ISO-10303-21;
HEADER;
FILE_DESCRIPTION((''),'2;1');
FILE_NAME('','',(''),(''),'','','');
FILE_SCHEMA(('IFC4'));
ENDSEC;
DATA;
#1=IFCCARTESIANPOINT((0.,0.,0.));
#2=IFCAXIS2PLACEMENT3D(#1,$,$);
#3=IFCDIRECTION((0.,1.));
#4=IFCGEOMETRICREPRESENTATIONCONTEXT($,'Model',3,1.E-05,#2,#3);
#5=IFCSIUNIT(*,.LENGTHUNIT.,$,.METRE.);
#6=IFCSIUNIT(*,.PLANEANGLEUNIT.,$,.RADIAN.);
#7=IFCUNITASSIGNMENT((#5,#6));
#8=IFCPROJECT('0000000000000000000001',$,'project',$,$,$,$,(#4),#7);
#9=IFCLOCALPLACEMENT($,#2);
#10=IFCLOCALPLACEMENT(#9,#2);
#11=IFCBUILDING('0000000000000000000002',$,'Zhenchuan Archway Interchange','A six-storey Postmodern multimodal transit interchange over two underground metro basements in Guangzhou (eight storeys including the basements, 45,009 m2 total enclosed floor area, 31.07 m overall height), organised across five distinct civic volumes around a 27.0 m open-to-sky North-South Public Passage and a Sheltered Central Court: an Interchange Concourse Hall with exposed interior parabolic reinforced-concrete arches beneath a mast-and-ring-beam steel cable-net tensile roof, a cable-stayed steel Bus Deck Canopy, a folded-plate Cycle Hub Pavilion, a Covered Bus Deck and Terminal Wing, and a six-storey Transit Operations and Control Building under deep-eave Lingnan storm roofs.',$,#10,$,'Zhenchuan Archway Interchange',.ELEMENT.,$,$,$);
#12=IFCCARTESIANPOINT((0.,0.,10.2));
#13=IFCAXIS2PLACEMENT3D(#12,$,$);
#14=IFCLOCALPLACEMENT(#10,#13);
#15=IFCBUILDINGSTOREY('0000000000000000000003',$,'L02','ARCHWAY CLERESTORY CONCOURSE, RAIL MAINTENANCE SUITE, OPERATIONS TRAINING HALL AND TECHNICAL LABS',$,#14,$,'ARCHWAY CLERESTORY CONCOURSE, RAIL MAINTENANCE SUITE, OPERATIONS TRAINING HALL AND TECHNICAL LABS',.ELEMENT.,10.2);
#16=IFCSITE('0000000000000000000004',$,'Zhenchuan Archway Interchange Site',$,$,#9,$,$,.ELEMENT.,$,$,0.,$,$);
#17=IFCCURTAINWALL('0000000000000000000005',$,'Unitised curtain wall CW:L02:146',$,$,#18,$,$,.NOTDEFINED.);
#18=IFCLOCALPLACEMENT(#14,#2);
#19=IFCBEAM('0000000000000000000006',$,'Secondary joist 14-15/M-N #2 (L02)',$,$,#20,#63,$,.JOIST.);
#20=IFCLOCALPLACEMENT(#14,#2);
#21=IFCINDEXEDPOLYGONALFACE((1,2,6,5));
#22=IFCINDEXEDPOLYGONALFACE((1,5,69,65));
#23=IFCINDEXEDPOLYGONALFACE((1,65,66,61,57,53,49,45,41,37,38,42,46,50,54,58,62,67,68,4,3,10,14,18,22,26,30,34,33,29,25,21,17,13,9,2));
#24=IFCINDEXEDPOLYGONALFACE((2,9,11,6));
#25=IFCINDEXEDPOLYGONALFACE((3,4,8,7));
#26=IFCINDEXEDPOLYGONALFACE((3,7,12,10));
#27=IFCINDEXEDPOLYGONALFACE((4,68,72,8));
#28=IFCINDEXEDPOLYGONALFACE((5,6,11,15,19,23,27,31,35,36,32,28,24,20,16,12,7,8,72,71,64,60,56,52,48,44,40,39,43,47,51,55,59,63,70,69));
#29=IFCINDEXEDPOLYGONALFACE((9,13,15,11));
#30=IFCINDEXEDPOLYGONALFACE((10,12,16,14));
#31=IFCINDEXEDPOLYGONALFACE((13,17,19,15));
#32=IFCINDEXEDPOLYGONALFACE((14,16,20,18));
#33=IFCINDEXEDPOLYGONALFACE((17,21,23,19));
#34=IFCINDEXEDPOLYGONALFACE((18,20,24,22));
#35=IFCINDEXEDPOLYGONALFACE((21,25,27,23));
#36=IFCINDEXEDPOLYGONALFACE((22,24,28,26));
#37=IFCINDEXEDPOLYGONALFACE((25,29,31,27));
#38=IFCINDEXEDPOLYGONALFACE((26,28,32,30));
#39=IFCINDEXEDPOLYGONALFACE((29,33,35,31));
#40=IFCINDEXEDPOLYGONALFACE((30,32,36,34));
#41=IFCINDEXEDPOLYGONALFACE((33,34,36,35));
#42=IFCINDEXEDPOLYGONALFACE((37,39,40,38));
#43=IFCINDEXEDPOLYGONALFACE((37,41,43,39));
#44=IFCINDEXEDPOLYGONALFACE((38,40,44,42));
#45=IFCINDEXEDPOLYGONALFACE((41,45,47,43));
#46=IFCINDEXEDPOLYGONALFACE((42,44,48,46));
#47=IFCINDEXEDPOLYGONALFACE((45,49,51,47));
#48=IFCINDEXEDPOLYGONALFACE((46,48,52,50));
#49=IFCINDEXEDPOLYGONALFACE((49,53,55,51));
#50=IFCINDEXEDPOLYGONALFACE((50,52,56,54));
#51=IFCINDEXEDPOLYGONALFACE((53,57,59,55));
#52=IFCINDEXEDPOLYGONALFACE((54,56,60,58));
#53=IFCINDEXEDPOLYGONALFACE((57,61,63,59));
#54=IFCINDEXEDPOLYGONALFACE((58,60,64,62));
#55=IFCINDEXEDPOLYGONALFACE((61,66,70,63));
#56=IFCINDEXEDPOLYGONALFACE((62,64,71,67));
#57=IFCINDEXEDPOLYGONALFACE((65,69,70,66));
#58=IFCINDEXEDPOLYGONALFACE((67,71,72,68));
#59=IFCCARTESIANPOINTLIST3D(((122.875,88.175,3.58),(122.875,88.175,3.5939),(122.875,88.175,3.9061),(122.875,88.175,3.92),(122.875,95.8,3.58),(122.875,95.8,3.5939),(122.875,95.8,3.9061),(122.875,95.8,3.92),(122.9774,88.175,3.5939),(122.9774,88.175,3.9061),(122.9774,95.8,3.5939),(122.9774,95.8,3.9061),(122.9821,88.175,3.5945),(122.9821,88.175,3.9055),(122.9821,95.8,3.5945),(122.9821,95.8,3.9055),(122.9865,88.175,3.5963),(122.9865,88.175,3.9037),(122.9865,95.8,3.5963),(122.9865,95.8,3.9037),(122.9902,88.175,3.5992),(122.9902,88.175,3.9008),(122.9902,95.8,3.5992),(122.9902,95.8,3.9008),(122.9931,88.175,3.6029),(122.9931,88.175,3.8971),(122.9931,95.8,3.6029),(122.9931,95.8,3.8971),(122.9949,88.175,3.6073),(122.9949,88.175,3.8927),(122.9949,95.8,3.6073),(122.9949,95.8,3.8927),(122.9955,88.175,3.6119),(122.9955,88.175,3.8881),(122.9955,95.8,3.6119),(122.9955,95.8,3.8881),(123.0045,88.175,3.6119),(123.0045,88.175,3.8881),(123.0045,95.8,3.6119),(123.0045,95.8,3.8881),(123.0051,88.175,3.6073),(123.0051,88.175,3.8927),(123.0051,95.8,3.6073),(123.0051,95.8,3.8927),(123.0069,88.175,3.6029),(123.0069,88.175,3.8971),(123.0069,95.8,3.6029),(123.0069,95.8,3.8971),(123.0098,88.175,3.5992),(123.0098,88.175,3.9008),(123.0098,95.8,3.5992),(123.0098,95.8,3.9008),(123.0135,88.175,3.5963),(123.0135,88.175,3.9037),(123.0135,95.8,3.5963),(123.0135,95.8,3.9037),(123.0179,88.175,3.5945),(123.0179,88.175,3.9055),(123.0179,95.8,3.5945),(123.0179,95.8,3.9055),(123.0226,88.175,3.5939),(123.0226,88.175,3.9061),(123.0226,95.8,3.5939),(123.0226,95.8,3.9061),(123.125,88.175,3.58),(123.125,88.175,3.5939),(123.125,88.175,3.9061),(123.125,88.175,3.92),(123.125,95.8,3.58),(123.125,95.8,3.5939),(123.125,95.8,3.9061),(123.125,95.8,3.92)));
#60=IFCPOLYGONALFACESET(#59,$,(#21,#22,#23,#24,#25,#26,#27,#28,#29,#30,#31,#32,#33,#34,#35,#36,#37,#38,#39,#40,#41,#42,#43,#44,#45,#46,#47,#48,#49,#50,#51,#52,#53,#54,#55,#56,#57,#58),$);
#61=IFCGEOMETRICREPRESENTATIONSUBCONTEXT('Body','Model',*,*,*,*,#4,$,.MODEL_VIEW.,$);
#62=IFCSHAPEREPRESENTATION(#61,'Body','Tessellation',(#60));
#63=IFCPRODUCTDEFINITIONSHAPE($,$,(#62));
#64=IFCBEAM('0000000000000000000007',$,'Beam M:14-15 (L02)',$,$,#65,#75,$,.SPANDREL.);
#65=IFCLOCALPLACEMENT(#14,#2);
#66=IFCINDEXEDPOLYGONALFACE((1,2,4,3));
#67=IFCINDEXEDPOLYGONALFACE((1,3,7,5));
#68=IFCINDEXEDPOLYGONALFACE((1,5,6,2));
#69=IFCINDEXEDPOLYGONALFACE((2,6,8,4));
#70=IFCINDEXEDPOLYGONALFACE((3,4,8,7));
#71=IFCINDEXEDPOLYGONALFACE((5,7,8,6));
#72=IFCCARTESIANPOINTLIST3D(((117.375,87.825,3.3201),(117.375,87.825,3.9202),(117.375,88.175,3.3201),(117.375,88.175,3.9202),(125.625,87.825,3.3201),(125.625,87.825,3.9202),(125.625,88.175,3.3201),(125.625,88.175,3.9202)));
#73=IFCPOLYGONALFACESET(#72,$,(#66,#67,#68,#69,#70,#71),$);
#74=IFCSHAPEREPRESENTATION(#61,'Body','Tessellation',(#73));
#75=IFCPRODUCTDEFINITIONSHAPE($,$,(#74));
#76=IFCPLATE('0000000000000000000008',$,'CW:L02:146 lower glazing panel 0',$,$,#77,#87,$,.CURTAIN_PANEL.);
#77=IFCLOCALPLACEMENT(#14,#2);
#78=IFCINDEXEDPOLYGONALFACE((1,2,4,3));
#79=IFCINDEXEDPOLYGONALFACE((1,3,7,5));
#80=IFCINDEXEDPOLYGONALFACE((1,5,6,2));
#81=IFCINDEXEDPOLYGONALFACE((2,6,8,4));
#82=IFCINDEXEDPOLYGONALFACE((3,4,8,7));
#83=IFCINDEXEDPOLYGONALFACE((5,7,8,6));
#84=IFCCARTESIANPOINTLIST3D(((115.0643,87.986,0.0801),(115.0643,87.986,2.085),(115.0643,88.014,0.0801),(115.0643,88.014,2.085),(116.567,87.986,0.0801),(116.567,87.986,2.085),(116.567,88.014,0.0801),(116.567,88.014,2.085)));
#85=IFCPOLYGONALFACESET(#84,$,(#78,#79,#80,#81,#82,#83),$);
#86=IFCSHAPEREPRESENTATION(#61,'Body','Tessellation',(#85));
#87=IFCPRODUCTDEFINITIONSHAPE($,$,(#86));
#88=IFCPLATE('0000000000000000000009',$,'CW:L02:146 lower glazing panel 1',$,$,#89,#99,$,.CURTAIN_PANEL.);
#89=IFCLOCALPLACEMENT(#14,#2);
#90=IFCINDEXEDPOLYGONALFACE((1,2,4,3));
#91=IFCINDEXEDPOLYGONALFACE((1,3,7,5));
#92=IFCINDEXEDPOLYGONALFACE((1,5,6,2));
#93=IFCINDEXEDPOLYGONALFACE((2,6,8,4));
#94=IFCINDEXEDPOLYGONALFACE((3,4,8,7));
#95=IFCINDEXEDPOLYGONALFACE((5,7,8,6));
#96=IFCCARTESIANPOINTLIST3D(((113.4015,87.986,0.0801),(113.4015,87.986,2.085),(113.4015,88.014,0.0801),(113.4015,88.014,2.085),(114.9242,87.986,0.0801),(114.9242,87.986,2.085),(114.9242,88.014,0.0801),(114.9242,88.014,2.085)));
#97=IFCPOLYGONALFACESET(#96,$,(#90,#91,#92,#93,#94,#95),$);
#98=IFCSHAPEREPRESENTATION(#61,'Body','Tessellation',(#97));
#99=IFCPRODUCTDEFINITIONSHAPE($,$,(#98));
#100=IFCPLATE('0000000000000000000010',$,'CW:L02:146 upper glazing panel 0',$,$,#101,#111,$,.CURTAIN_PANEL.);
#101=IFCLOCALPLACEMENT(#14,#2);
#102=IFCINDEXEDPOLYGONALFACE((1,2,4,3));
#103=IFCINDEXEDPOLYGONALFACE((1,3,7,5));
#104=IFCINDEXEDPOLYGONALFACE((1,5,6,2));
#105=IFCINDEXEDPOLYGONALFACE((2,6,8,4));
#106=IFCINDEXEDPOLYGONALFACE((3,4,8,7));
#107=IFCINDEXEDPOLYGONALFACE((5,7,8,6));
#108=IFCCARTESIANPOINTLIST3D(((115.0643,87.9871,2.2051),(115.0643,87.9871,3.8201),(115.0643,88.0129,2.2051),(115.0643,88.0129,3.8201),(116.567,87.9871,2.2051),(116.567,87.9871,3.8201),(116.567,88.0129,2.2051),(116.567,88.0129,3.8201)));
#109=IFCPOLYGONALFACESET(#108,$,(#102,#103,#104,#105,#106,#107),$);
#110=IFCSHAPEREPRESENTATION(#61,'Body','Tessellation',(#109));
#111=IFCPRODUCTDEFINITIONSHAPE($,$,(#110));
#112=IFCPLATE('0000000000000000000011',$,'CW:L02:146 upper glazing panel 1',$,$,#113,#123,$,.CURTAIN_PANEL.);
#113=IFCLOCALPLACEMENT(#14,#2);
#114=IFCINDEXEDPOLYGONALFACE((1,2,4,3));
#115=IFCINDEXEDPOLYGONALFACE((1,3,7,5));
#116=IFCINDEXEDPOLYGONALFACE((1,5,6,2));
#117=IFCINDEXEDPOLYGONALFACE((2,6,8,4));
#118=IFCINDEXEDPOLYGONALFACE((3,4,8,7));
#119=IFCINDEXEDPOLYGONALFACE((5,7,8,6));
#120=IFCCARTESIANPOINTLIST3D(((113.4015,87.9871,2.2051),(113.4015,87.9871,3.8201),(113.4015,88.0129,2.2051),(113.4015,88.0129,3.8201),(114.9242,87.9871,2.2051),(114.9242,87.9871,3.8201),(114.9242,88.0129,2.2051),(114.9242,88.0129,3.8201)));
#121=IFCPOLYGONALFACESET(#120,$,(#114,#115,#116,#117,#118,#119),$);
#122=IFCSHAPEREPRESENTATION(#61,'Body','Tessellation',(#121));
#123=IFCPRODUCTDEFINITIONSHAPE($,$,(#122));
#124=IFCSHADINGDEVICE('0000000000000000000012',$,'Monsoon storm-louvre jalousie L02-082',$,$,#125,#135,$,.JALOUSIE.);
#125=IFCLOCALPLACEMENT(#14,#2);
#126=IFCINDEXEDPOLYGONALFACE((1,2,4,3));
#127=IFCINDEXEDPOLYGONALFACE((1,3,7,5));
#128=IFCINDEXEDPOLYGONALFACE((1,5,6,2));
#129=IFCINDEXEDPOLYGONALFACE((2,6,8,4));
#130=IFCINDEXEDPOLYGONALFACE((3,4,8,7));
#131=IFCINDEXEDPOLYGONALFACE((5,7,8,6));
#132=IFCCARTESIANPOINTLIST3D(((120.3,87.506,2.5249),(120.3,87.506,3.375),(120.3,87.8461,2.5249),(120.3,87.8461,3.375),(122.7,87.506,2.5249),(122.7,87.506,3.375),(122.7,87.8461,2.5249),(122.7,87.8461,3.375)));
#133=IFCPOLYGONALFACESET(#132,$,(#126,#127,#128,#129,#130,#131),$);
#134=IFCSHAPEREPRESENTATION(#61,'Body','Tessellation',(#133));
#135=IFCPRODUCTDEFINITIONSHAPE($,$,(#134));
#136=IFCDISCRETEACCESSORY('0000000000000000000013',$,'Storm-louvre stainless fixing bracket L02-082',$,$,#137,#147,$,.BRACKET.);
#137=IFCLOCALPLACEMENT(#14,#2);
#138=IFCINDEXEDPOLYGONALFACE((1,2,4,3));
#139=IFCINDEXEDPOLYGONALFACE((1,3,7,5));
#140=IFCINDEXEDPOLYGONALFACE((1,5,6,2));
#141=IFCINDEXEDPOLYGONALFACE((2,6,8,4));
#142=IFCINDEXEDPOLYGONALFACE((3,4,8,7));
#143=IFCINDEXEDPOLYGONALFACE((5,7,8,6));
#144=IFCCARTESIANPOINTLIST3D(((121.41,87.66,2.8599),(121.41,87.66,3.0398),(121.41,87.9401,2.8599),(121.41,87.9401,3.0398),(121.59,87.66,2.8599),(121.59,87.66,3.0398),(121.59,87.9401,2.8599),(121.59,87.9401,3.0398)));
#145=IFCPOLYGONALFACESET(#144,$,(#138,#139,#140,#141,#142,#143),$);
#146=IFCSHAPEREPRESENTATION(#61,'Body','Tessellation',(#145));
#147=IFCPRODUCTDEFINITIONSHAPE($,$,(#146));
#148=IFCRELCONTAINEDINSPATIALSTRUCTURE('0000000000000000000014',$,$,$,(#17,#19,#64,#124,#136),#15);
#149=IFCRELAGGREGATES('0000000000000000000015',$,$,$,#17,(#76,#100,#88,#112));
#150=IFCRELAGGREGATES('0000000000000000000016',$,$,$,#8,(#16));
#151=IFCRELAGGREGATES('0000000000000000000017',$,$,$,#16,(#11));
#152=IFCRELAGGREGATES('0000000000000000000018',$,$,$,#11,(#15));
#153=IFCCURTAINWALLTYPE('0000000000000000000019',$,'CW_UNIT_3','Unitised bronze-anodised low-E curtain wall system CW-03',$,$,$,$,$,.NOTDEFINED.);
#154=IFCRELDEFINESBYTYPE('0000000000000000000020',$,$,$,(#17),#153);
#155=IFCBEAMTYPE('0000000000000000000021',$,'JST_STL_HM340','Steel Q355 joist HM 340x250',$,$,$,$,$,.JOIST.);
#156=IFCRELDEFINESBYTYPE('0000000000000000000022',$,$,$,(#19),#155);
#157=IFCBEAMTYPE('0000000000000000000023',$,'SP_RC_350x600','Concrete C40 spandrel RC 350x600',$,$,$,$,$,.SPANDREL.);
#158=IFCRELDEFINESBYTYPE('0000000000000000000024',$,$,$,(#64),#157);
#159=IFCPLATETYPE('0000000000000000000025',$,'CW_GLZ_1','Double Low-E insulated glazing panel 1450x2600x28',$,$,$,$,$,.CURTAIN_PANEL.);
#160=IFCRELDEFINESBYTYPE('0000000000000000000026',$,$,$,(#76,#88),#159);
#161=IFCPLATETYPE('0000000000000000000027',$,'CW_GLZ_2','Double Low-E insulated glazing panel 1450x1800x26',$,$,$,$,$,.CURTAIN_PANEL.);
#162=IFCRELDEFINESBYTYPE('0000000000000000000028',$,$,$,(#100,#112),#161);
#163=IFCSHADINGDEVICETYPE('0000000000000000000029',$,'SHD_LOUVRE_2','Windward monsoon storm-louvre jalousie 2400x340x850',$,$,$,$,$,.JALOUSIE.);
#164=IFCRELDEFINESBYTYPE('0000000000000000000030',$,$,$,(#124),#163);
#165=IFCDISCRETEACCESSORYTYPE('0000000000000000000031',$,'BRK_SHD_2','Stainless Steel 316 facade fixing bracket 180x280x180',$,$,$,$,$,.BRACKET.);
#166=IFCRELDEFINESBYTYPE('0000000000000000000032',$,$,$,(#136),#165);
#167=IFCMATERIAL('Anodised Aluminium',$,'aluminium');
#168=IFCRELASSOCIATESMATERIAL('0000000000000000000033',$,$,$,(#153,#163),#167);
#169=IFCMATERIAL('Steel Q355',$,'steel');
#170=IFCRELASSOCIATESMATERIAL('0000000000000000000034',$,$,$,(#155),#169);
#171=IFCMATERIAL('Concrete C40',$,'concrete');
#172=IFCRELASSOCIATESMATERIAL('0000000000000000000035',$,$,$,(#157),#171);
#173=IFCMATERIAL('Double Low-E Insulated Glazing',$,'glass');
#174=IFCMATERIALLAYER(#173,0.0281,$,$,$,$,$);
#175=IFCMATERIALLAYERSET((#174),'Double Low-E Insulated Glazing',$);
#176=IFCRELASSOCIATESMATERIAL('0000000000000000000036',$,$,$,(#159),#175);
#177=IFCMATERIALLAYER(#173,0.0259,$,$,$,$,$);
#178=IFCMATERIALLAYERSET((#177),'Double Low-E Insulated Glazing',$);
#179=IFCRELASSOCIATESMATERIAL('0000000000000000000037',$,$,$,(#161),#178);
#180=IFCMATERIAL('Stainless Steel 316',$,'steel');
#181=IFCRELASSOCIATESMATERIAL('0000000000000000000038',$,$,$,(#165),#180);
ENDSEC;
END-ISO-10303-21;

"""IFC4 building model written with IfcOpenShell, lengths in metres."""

from ifc_helpers import new_model, si_unit, direction, frame, origin, origin_2d, place, context, subcontext, project, spatial, rectangle, i_section, extrude, material, layer, layer_set, material_profile, profile_set, type_object, element, aggregate, save


model = new_model("IFC4")

# Units and contexts
model_context = context("Model", 3, precision=1e-05, world=origin(), true_north=direction((0.0, 1.0)))
body_context = subcontext(model_context, "Body", "Model", "MODEL_VIEW")
ifc_project = project(units=[si_unit("LENGTHUNIT", "METRE"), si_unit("PLANEANGLEUNIT", "RADIAN")], contexts=[model_context])

# Site, building, storey
site_placement = place(None, origin())
site = spatial("IfcSite", under=ifc_project, at=site_placement, Name="Zhenchuan Archway Interchange Site", CompositionType="ELEMENT", RefElevation=0.0)
building_placement = place(site_placement, origin())
building = spatial("IfcBuilding", under=site, at=building_placement, Name="Zhenchuan Archway Interchange", Description="A six-storey Postmodern multimodal transit interchange over two underground metro basements in Guangzhou (eight storeys including the basements, 45,009 m2 total enclosed floor area, 31.07 m overall height), organised across five distinct civic volumes around a 27.0 m open-to-sky North-South Public Passage and a Sheltered Central Court: an Interchange Concourse Hall with exposed interior parabolic reinforced-concrete arches beneath a mast-and-ring-beam steel cable-net tensile roof, a cable-stayed steel Bus Deck Canopy, a folded-plate Cycle Hub Pavilion, a Covered Bus Deck and Terminal Wing, and a six-storey Transit Operations and Control Building under deep-eave Lingnan storm roofs.", LongName="Zhenchuan Archway Interchange", CompositionType="ELEMENT")
storey_placement = place(building_placement, frame((0.0, 0.0, 10.2)))
storey = spatial("IfcBuildingStorey", under=building, at=storey_placement, Name="L02", Description="ARCHWAY CLERESTORY CONCOURSE, RAIL MAINTENANCE SUITE, OPERATIONS TRAINING HALL AND TECHNICAL LABS", LongName="ARCHWAY CLERESTORY CONCOURSE, RAIL MAINTENANCE SUITE, OPERATIONS TRAINING HALL AND TECHNICAL LABS", CompositionType="ELEMENT", Elevation=10.2)

# Shared definitions
ifc_material_1 = material(Name="Concrete C40", Category="concrete")

# Curtain wall
ifc_material_2 = material(Name="Anodised Aluminium", Category="aluminium")
curtain_wall_type = type_object("IfcCurtainWallType", Name="CW_UNIT_3", Description="Unitised bronze-anodised low-E curtain wall system CW-03", PredefinedType="NOTDEFINED", material=ifc_material_2)
curtain_wall_placement = place(storey_placement, origin())
curtain_wall = element("IfcCurtainWall", 1, at=curtain_wall_placement, inside=storey, type_object=curtain_wall_type, Name="Unitised curtain wall CW:L02:146", PredefinedType="NOTDEFINED")

# Beams
ifc_material_3 = material(Name="Steel Q355", Category="steel")
ifc_material_profile_1 = material_profile(ifc_material_3, i_section(OverallWidth=0.25, OverallDepth=0.3401, WebThickness=0.009, FlangeThickness=0.0139, FilletRadius=0.0181, at=origin_2d()), Name="HM 340x250")
ifc_profile_set_1 = profile_set([ifc_material_profile_1], Name="Steel Q355")
beam_type_1 = type_object("IfcBeamType", Name="JST_STL_HM340", Description="Steel Q355 joist HM 340x250", PredefinedType="JOIST", material=ifc_profile_set_1)
for number, where, z_axis, x_axis, name in (
    (2, (123.0, 88.175, 3.75), (0.0, 1.0, 0.0), (-1.0, 0.0, 0.0), "Secondary joist 14-15/M-N #2 (L02)"),
):
    element("IfcBeam", number, at=place(storey_placement, frame(where, z_axis=z_axis, x_axis=x_axis)), inside=storey, type_object=beam_type_1, Name=name, PredefinedType="JOIST", context=body_context, shape_type="SweptSolid", body=[
        extrude(i_section(OverallWidth=0.25, OverallDepth=0.3401, WebThickness=0.009, FlangeThickness=0.0139, FilletRadius=0.0181, at=origin_2d()), origin(), (0.0, 0.0, 1.0), 7.625),
    ])
ifc_material_profile_2 = material_profile(ifc_material_1, rectangle(XDim=0.3501, YDim=0.6001, at=origin_2d()), Name="RC 350x600")
ifc_profile_set_2 = profile_set([ifc_material_profile_2], Name="Concrete C40")
beam_type_2 = type_object("IfcBeamType", Name="SP_RC_350x600", Description="Concrete C40 spandrel RC 350x600", PredefinedType="SPANDREL", material=ifc_profile_set_2)
beam_1_placement = place(storey_placement, frame((117.375, 88.0, 3.6201), z_axis=(1.0, 0.0, 0.0), x_axis=(0.0, 1.0, 0.0)))
element("IfcBeam", 3, at=beam_1_placement, inside=storey, type_object=beam_type_2, Name="Beam M:14-15 (L02)", PredefinedType="SPANDREL", context=body_context, shape_type="SweptSolid", body=[
    extrude(rectangle(XDim=0.3501, YDim=0.6001, at=origin_2d()), origin(), (0.0, 0.0, 1.0), 8.25),
])

# Plates
ifc_material_4 = material(Name="Double Low-E Insulated Glazing", Category="glass")
ifc_layer_1 = layer(ifc_material_4, 0.0281)
ifc_layer_set_1 = layer_set([ifc_layer_1], Name="Double Low-E Insulated Glazing")
plate_type_1 = type_object("IfcPlateType", Name="CW_GLZ_1", Description="Double Low-E insulated glazing panel 1450x2600x28", PredefinedType="CURTAIN_PANEL", material=ifc_layer_set_1)
plate_1_placement = place(storey_placement, frame((115.8157, 88.0, 0.0801), z_axis=(0.0, 0.0, 1.0), x_axis=(-1.0, 0.0, 0.0)))
plate_1 = element("IfcPlate", 4, at=plate_1_placement, type_object=plate_type_1, Name="CW:L02:146 lower glazing panel 0", PredefinedType="CURTAIN_PANEL", context=body_context, shape_type="SweptSolid", body=[
    extrude(rectangle(XDim=1.5027, YDim=0.0281, at=origin_2d()), origin(), (0.0, 0.0, 1.0), 2.0049),
])
plate_2_placement = place(storey_placement, frame((114.1628, 88.0, 0.0801), z_axis=(0.0, 0.0, 1.0), x_axis=(-1.0, 0.0, 0.0)))
plate_2 = element("IfcPlate", 5, at=plate_2_placement, type_object=plate_type_1, Name="CW:L02:146 lower glazing panel 1", PredefinedType="CURTAIN_PANEL", context=body_context, shape_type="SweptSolid", body=[
    extrude(rectangle(XDim=1.5227, YDim=0.0281, at=origin_2d()), origin(), (0.0, 0.0, 1.0), 2.0049),
])
ifc_layer_2 = layer(ifc_material_4, 0.0259)
ifc_layer_set_2 = layer_set([ifc_layer_2], Name="Double Low-E Insulated Glazing")
plate_type_2 = type_object("IfcPlateType", Name="CW_GLZ_2", Description="Double Low-E insulated glazing panel 1450x1800x26", PredefinedType="CURTAIN_PANEL", material=ifc_layer_set_2)
plate_3_placement = place(storey_placement, frame((115.8157, 88.0, 2.2051), z_axis=(0.0, 0.0, 1.0), x_axis=(-1.0, 0.0, 0.0)))
plate_3 = element("IfcPlate", 6, at=plate_3_placement, type_object=plate_type_2, Name="CW:L02:146 upper glazing panel 0", PredefinedType="CURTAIN_PANEL", context=body_context, shape_type="SweptSolid", body=[
    extrude(rectangle(XDim=1.5027, YDim=0.0259, at=origin_2d()), origin(), (0.0, 0.0, 1.0), 1.615),
])
plate_4_placement = place(storey_placement, frame((114.1628, 88.0, 2.2051), z_axis=(0.0, 0.0, 1.0), x_axis=(-1.0, 0.0, 0.0)))
plate_4 = element("IfcPlate", 7, at=plate_4_placement, type_object=plate_type_2, Name="CW:L02:146 upper glazing panel 1", PredefinedType="CURTAIN_PANEL", context=body_context, shape_type="SweptSolid", body=[
    extrude(rectangle(XDim=1.5227, YDim=0.0259, at=origin_2d()), origin(), (0.0, 0.0, 1.0), 1.615),
])
aggregate(curtain_wall, [plate_1, plate_3, plate_2, plate_4])

# Shading device
shading_device_type = type_object("IfcShadingDeviceType", Name="SHD_LOUVRE_2", Description="Windward monsoon storm-louvre jalousie 2400x340x850", PredefinedType="JALOUSIE", material=ifc_material_2)
shading_device_placement = place(storey_placement, frame((121.5, 87.676, 2.5249), z_axis=(0.0, 0.0, 1.0), x_axis=(-1.0, 0.0, 0.0)))
element("IfcShadingDevice", 8, at=shading_device_placement, inside=storey, type_object=shading_device_type, Name="Monsoon storm-louvre jalousie L02-082", PredefinedType="JALOUSIE", context=body_context, shape_type="SweptSolid", body=[
    extrude(rectangle(XDim=2.3999, YDim=0.3401, at=origin_2d()), origin(), (0.0, 0.0, 1.0), 0.8501),
])

# Discrete accessory
ifc_material_5 = material(Name="Stainless Steel 316", Category="steel")
discrete_accessory_type = type_object("IfcDiscreteAccessoryType", Name="BRK_SHD_2", Description="Stainless Steel 316 facade fixing bracket 180x280x180", PredefinedType="BRACKET", material=ifc_material_5)
discrete_accessory_placement = place(storey_placement, frame((121.5, 87.8, 2.8599), z_axis=(0.0, 0.0, 1.0), x_axis=(-1.0, 0.0, 0.0)))
element("IfcDiscreteAccessory", 9, at=discrete_accessory_placement, inside=storey, type_object=discrete_accessory_type, Name="Storm-louvre stainless fixing bracket L02-082", PredefinedType="BRACKET", context=body_context, shape_type="SweptSolid", body=[
    extrude(rectangle(XDim=0.1799, YDim=0.28, at=origin_2d()), origin(), (0.0, 0.0, 1.0), 0.1799),
])

save(model, "model.ifc")
